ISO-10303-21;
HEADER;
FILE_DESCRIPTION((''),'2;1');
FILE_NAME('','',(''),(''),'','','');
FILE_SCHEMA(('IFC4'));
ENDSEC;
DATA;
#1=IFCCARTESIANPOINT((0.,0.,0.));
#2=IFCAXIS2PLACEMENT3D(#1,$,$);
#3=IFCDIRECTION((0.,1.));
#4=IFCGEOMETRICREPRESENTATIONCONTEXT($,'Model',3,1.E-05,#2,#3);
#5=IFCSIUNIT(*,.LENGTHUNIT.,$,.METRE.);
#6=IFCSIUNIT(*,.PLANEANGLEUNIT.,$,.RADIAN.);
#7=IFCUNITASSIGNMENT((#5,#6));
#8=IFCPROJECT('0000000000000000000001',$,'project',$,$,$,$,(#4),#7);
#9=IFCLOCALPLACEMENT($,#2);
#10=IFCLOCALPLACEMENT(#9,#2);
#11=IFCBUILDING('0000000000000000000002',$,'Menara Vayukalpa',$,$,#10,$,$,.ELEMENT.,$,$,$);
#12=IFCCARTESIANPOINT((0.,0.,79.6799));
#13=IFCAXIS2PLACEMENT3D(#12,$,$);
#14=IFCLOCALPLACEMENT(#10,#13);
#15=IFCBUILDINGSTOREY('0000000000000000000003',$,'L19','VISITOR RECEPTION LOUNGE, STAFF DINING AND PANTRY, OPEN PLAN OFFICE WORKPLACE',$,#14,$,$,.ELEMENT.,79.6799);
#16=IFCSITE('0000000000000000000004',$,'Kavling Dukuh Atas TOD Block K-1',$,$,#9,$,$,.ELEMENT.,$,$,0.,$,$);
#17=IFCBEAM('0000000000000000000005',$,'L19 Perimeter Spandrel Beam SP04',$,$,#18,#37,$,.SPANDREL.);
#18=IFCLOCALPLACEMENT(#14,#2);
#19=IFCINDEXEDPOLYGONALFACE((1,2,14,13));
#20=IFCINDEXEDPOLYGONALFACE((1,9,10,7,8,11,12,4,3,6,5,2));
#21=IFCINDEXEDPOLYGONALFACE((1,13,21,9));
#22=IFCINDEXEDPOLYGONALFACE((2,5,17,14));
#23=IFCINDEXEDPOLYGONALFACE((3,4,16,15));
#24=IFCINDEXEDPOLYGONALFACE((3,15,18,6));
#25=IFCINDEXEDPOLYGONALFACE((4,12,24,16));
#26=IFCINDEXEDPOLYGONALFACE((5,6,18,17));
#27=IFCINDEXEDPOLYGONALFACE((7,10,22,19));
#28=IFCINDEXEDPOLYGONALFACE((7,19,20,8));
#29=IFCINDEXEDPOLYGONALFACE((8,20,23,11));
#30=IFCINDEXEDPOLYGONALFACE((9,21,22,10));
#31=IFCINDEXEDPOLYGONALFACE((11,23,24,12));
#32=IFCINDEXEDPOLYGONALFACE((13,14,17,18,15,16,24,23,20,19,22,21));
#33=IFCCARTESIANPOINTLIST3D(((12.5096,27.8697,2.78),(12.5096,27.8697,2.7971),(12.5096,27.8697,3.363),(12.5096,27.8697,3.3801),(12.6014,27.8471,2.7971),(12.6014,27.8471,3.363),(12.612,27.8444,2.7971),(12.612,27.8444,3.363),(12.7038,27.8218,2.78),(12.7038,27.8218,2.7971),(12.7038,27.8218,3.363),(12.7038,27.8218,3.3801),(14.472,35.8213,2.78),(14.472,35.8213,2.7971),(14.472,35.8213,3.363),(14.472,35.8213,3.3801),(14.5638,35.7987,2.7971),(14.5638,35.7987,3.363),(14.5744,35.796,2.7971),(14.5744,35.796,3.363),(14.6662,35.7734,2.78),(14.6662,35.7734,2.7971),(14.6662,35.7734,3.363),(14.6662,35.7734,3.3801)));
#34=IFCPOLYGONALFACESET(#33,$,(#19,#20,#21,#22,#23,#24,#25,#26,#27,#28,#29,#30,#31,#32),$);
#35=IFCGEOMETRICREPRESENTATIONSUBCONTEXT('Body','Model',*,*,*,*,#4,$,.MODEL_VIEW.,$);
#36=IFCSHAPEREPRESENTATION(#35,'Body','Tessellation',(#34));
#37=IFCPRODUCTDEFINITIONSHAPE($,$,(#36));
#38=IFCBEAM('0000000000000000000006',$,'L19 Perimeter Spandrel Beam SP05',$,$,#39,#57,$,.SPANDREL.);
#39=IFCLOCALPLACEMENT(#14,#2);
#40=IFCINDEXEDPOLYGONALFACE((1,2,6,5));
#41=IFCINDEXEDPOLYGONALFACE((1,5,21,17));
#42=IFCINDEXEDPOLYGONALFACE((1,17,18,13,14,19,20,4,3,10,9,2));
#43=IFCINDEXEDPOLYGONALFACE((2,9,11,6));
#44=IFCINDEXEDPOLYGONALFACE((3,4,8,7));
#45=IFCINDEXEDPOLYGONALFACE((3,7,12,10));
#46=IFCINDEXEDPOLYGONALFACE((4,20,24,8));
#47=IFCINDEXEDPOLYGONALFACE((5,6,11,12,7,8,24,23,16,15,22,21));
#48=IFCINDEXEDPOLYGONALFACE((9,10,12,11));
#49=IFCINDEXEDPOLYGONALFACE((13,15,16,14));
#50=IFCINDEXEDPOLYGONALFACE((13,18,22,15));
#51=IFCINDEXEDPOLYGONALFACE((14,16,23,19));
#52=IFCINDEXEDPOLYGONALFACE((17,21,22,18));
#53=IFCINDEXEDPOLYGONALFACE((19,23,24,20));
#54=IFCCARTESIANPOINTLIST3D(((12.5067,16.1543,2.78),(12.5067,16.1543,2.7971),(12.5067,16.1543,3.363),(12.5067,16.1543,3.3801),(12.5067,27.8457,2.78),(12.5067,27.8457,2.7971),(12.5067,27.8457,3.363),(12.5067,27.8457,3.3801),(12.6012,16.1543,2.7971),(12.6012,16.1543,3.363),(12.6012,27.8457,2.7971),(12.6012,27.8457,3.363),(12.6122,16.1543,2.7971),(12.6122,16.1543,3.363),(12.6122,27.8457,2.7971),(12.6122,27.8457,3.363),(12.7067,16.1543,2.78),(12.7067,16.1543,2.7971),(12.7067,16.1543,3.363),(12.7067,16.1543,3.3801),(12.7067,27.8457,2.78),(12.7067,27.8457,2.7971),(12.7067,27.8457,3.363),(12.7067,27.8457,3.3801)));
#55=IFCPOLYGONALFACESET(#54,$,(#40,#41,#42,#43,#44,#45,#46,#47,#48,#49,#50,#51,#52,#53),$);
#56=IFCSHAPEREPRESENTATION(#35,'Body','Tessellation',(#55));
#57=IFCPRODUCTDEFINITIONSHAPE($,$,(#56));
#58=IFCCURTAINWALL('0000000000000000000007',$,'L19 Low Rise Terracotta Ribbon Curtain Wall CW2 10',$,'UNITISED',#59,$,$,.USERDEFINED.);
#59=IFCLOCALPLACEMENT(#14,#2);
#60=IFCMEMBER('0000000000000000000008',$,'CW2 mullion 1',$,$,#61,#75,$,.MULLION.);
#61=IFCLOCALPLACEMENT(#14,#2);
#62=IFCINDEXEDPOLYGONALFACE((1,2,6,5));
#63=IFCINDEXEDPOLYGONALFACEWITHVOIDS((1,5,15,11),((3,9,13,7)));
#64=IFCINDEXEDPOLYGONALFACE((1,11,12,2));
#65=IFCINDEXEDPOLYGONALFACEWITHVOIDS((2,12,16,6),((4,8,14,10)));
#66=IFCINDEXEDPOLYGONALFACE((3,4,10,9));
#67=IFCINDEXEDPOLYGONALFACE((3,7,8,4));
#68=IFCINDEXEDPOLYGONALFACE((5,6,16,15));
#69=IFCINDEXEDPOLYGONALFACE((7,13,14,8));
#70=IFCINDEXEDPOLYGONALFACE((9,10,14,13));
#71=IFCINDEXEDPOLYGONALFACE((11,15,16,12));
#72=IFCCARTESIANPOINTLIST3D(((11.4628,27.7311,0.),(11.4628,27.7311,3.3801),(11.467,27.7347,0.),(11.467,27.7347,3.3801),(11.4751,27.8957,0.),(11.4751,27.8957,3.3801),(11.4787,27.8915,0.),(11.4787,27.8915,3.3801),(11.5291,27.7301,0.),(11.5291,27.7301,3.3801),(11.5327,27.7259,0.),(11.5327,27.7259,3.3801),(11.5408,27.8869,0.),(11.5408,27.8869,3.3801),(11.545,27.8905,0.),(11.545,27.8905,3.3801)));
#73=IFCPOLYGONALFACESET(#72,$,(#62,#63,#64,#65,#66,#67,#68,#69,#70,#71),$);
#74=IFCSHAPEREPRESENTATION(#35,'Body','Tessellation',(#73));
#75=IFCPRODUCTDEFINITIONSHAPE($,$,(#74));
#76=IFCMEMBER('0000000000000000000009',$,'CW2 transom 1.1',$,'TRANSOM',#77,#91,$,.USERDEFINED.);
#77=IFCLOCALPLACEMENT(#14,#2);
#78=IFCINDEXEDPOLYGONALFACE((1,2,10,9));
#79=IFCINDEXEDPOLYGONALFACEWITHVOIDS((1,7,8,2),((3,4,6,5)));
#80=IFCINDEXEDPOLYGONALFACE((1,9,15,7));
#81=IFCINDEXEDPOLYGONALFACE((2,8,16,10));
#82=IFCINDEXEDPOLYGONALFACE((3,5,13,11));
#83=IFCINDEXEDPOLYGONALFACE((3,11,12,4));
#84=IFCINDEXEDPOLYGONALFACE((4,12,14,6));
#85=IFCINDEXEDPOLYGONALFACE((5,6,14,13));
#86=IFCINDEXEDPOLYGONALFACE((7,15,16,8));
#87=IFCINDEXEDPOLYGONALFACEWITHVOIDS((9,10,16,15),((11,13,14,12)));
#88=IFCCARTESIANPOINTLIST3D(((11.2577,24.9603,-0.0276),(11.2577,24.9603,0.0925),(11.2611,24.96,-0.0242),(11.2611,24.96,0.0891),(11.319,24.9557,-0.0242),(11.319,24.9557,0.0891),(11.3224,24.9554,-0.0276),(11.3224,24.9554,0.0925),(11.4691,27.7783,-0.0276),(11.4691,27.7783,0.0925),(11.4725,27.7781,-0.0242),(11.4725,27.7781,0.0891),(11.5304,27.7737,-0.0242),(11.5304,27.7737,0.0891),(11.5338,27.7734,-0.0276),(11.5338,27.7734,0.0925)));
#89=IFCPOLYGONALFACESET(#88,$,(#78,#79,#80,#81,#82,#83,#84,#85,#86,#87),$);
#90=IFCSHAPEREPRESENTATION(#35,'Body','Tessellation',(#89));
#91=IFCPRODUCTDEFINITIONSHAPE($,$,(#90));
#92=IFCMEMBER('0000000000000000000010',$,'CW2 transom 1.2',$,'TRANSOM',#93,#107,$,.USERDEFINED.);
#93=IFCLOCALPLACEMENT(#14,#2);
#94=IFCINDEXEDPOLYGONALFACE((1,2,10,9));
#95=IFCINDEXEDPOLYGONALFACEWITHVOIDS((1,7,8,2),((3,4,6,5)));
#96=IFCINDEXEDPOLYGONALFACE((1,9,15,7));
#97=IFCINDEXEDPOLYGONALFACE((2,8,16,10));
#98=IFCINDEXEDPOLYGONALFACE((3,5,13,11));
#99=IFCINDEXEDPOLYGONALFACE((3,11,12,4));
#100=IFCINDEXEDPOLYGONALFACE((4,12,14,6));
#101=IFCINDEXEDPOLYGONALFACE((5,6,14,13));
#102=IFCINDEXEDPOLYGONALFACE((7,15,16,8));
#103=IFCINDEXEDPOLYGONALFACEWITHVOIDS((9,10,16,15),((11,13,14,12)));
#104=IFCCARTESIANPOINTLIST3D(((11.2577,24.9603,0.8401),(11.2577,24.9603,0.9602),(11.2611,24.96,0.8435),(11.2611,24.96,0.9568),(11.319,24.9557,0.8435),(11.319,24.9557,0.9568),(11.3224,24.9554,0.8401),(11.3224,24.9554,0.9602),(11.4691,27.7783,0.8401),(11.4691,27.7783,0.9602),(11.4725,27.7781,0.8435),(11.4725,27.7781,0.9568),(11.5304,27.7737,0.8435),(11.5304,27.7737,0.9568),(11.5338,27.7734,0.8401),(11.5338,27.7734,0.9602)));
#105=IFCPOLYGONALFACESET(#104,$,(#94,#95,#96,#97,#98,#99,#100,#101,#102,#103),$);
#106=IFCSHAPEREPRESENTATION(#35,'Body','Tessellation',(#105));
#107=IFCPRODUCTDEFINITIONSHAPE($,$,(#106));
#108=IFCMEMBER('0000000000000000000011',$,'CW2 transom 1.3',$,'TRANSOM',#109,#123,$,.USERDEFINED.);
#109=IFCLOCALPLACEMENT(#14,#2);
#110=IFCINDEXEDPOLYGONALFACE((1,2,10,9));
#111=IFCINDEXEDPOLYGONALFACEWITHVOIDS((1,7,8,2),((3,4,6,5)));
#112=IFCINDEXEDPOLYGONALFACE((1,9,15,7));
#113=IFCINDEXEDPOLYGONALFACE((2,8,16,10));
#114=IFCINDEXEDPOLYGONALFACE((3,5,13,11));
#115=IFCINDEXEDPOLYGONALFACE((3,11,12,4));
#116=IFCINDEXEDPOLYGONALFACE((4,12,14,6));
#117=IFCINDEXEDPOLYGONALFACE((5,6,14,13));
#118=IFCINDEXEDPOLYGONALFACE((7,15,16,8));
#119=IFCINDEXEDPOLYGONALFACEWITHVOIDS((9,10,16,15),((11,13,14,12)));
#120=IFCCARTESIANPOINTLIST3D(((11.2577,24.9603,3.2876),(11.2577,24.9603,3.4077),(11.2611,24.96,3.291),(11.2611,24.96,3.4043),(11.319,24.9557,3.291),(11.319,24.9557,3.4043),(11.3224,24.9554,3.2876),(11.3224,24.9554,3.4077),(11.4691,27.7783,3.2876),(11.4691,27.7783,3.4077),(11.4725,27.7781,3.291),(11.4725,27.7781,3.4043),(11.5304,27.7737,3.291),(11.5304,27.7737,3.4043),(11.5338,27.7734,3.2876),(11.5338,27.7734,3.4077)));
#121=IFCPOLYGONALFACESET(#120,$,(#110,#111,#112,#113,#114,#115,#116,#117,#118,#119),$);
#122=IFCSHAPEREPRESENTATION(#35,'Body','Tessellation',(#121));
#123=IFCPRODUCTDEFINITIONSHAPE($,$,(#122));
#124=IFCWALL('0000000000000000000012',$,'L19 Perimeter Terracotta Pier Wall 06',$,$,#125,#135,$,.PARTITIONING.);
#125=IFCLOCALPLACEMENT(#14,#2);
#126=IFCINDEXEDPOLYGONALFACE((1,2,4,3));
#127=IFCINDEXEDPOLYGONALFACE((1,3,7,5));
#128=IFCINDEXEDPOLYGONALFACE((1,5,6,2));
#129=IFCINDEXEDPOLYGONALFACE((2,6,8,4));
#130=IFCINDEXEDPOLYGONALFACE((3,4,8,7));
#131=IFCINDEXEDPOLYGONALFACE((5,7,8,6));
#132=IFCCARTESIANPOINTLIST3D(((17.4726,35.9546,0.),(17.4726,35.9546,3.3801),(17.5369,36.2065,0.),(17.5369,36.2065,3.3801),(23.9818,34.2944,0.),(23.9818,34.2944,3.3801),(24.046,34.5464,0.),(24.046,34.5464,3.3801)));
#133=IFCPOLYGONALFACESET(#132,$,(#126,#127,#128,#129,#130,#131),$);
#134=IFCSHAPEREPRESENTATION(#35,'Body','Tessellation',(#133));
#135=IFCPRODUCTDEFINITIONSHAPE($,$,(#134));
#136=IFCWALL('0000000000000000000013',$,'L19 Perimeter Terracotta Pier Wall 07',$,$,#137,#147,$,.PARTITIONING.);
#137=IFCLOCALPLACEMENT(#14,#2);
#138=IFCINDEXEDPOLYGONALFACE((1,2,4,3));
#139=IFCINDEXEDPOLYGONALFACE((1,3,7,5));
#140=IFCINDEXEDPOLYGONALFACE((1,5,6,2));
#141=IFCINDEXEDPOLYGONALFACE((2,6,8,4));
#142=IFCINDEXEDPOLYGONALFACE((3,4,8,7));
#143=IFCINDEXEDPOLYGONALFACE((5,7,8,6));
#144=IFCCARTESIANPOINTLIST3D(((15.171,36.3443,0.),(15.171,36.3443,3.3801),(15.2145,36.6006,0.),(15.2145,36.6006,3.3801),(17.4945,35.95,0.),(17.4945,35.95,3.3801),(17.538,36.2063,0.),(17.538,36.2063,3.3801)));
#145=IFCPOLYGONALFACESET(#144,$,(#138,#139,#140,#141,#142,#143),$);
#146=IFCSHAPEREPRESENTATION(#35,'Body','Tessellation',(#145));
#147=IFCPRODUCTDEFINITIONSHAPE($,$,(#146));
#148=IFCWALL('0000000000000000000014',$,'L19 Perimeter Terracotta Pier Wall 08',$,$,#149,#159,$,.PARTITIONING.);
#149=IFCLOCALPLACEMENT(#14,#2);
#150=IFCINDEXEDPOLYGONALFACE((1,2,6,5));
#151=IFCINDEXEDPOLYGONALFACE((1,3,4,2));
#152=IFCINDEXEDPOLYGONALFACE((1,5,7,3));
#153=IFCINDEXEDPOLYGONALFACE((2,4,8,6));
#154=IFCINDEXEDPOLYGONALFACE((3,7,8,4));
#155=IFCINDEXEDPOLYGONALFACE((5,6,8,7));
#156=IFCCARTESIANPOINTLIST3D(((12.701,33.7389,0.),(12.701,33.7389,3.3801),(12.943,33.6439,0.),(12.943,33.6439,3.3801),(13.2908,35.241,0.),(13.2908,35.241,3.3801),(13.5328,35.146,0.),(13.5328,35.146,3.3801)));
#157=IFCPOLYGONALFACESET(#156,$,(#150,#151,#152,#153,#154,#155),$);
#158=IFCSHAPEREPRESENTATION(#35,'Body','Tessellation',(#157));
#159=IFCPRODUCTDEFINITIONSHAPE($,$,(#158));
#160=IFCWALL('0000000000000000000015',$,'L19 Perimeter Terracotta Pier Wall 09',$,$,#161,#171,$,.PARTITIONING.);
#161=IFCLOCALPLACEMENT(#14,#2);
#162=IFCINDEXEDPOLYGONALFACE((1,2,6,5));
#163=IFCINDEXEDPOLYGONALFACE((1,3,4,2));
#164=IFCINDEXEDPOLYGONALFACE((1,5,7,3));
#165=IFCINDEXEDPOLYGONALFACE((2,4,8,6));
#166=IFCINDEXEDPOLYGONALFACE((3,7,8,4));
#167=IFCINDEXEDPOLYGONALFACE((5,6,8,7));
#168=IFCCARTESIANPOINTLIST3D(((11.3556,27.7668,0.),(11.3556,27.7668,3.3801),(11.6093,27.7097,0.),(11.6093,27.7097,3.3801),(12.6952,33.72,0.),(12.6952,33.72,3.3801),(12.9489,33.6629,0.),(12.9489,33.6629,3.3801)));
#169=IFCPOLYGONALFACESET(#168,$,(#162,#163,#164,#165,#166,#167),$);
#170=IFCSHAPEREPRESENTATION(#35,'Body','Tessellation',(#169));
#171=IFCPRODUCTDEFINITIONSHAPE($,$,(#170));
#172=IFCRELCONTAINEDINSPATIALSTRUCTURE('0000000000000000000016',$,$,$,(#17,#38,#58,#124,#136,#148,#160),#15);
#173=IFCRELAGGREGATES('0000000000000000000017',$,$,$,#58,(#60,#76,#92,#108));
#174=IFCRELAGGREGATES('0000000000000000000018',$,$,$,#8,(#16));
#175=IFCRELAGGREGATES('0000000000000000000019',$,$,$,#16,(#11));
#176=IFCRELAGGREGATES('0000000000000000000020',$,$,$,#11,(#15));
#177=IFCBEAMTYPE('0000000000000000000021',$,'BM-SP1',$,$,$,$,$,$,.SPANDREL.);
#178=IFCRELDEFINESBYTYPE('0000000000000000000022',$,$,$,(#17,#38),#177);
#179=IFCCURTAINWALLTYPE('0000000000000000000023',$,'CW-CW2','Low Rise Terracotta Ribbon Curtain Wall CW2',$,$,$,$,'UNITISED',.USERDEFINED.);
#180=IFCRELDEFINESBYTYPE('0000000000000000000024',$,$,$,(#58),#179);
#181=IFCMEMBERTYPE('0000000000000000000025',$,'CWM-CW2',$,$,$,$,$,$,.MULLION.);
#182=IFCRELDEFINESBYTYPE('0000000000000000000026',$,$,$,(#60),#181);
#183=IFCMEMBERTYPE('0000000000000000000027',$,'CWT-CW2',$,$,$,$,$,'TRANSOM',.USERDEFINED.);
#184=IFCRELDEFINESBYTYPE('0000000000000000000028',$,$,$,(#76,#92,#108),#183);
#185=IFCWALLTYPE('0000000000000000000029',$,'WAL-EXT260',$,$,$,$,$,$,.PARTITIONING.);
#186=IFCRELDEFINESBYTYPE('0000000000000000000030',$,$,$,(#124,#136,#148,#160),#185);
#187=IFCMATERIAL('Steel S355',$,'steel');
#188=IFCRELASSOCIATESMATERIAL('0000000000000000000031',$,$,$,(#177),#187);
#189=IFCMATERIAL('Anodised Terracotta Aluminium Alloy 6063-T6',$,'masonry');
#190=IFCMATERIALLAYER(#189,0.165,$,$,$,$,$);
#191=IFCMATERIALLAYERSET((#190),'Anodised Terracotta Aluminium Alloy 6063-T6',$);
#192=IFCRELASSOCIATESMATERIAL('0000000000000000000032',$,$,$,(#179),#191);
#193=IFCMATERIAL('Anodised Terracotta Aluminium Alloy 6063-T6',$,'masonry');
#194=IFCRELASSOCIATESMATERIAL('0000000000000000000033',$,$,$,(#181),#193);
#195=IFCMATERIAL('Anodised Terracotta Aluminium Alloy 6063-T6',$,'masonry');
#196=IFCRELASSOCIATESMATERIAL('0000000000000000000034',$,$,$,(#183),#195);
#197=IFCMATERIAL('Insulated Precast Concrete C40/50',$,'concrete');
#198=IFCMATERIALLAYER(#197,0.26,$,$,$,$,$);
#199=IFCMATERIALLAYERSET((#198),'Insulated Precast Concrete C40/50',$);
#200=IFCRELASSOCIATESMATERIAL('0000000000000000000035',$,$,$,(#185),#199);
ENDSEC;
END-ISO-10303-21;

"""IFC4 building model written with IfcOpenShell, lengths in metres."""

from ifc_helpers import new_model, si_unit, direction, frame, frame_2d, origin, origin_2d, place, context, subcontext, project, spatial, rectangle, hollow_rectangle, i_section, extrude, material, layer, layer_set, material_profile, profile_set, type_object, element, aggregate, save


model = new_model("IFC4")

# Units and contexts
model_context = context("Model", 3, precision=1e-05, world=origin(), true_north=direction((0.0, 1.0)))
body_context = subcontext(model_context, "Body", "Model", "MODEL_VIEW")
ifc_project = project(units=[si_unit("LENGTHUNIT", "METRE"), si_unit("PLANEANGLEUNIT", "RADIAN")], contexts=[model_context])

# Site, building, storey
site_placement = place(None, origin())
site = spatial("IfcSite", under=ifc_project, at=site_placement, Name="Kavling Dukuh Atas TOD Block K-1", CompositionType="ELEMENT", RefElevation=0.0)
building_placement = place(site_placement, origin())
building = spatial("IfcBuilding", under=site, at=building_placement, Name="Menara Vayukalpa", CompositionType="ELEMENT")
storey_placement = place(building_placement, frame((0.0, 0.0, 79.6799)))
storey = spatial("IfcBuildingStorey", under=building, at=storey_placement, Name="L19", Description="VISITOR RECEPTION LOUNGE, STAFF DINING AND PANTRY, OPEN PLAN OFFICE WORKPLACE", CompositionType="ELEMENT", Elevation=79.6799)

# Beams
ifc_material_1 = material(Name="Steel S355", Category="steel")
ifc_material_profile_1 = material_profile(ifc_material_1, i_section(OverallWidth=0.2, OverallDepth=0.6001, WebThickness=0.011, FlangeThickness=0.0171, at=origin_2d()), Name="WF 600x200x11x17")
ifc_profile_set_1 = profile_set([ifc_material_profile_1], Name="Steel S355")
beam_type_1 = type_object("IfcBeamType", Name="BM-SP1", PredefinedType="SPANDREL", material=ifc_profile_set_1)
beam_1_placement = place(storey_placement, frame((14.5691, 35.7974, 3.0801), z_axis=(-0.239603, -0.970871, 0.0), x_axis=(0.970871, -0.239603, 0.0)))
element("IfcBeam", 1, at=beam_1_placement, inside=storey, type_object=beam_type_1, Name="L19 Perimeter Spandrel Beam SP04", PredefinedType="SPANDREL", context=body_context, shape_type="SweptSolid", body=[
    extrude(i_section(OverallWidth=0.2, OverallDepth=0.6001, WebThickness=0.011, FlangeThickness=0.0171, at=origin_2d()), origin(), (0.0, 0.0, 1.0), 8.1902),
])
beam_2_placement = place(storey_placement, frame((12.6067, 27.8457, 3.0801), z_axis=(0.0, -1.0, 0.0), x_axis=(1.0, 0.0, 0.0)))
element("IfcBeam", 2, at=beam_2_placement, inside=storey, type_object=beam_type_1, Name="L19 Perimeter Spandrel Beam SP05", PredefinedType="SPANDREL", context=body_context, shape_type="SweptSolid", body=[
    extrude(i_section(OverallWidth=0.2, OverallDepth=0.6001, WebThickness=0.011, FlangeThickness=0.0171, at=origin_2d()), origin(), (0.0, 0.0, 1.0), 11.6914),
])

# Curtain wall, members
ifc_material_2 = material(Name="Anodised Terracotta Aluminium Alloy 6063-T6", Category="masonry")
ifc_layer_1 = layer(ifc_material_2, 0.165)
ifc_layer_set_1 = layer_set([ifc_layer_1], Name="Anodised Terracotta Aluminium Alloy 6063-T6")
curtain_wall_type = type_object("IfcCurtainWallType", Name="CW-CW2", Description="Low Rise Terracotta Ribbon Curtain Wall CW2", ElementType="UNITISED", PredefinedType="USERDEFINED", material=ifc_layer_set_1)
curtain_wall_placement = place(storey_placement, origin())
curtain_wall = element("IfcCurtainWall", 3, at=curtain_wall_placement, inside=storey, type_object=curtain_wall_type, Name="L19 Low Rise Terracotta Ribbon Curtain Wall CW2 10", ObjectType="UNITISED", PredefinedType="USERDEFINED")
ifc_material_3 = material(Name="Anodised Terracotta Aluminium Alloy 6063-T6", Category="masonry")
ifc_material_profile_2 = material_profile(ifc_material_3, hollow_rectangle(XDim=0.0701, YDim=0.165, WallThickness=0.0039, at=origin_2d()), Name="ALU 70x165x4")
ifc_profile_set_2 = profile_set([ifc_material_profile_2], Name="Anodised Terracotta Aluminium Alloy 6063-T6")
member_type_1 = type_object("IfcMemberType", Name="CWM-CW2", PredefinedType="MULLION", material=ifc_profile_set_2)
member_1_placement = place(storey_placement, frame((11.5039, 27.8108, 0.0), z_axis=(0.0, 0.0, 1.0), x_axis=(0.9972, -0.074785, 0.0)))
member_1 = element("IfcMember", 4, at=member_1_placement, type_object=member_type_1, Name="CW2 mullion 1", PredefinedType="MULLION", context=body_context, shape_type="SweptSolid", body=[
    extrude(hollow_rectangle(XDim=0.0701, YDim=0.165, WallThickness=0.0039, at=origin_2d()), origin(), (0.0, 0.0, 1.0), 3.3801),
])
ifc_material_4 = material(Name="Anodised Terracotta Aluminium Alloy 6063-T6", Category="masonry")
ifc_material_profile_3 = material_profile(ifc_material_4, hollow_rectangle(XDim=0.0649, YDim=0.1201, WallThickness=0.0034, at=origin_2d()), Name="ALU 65x120x3.5")
ifc_profile_set_3 = profile_set([ifc_material_profile_3], Name="Anodised Terracotta Aluminium Alloy 6063-T6")
member_type_2 = type_object("IfcMemberType", Name="CWT-CW2", ElementType="TRANSOM", PredefinedType="USERDEFINED", material=ifc_profile_set_3)
member_2_placement = place(storey_placement, frame((11.5015, 27.7759, 0.0325), z_axis=(-0.074814, -0.997198, 0.0), x_axis=(0.997198, -0.074814, 0.0)))
member_2 = element("IfcMember", 5, at=member_2_placement, type_object=member_type_2, Name="CW2 transom 1.1", ObjectType="TRANSOM", PredefinedType="USERDEFINED", context=body_context, shape_type="SweptSolid", body=[
    extrude(hollow_rectangle(XDim=0.0649, YDim=0.1201, WallThickness=0.0034, at=origin_2d()), origin(), (0.0, 0.0, 1.0), 2.8259),
])
member_3_placement = place(storey_placement, frame((11.5015, 27.7759, 0.9001), z_axis=(-0.074814, -0.997198, 0.0), x_axis=(0.997198, -0.074814, 0.0)))
member_3 = element("IfcMember", 6, at=member_3_placement, type_object=member_type_2, Name="CW2 transom 1.2", ObjectType="TRANSOM", PredefinedType="USERDEFINED", context=body_context, shape_type="SweptSolid", body=[
    extrude(hollow_rectangle(XDim=0.0649, YDim=0.1201, WallThickness=0.0034, at=origin_2d()), origin(), (0.0, 0.0, 1.0), 2.8259),
])
member_4_placement = place(storey_placement, frame((11.5015, 27.7759, 3.3477), z_axis=(-0.074814, -0.997198, 0.0), x_axis=(0.997198, -0.074814, 0.0)))
member_4 = element("IfcMember", 7, at=member_4_placement, type_object=member_type_2, Name="CW2 transom 1.3", ObjectType="TRANSOM", PredefinedType="USERDEFINED", context=body_context, shape_type="SweptSolid", body=[
    extrude(hollow_rectangle(XDim=0.0649, YDim=0.1201, WallThickness=0.0034, at=origin_2d()), origin(), (0.0, 0.0, 1.0), 2.8259),
])
aggregate(curtain_wall, [member_1, member_2, member_3, member_4])

# Walls
ifc_material_5 = material(Name="Insulated Precast Concrete C40/50", Category="concrete")
ifc_layer_2 = layer(ifc_material_5, 0.26)
ifc_layer_set_2 = layer_set([ifc_layer_2], Name="Insulated Precast Concrete C40/50")
wall_type_1 = type_object("IfcWallType", Name="WAL-EXT260", PredefinedType="PARTITIONING", material=ifc_layer_set_2)
wall_1_placement = place(storey_placement, frame((17.5046, 36.0806, 0.0), z_axis=(0.0, 0.0, 1.0), x_axis=(0.968981, -0.247134, 0.0)))
element("IfcWall", 8, at=wall_1_placement, inside=storey, type_object=wall_type_1, Name="L19 Perimeter Terracotta Pier Wall 06", PredefinedType="PARTITIONING", context=body_context, shape_type="SweptSolid", body=[
    extrude(rectangle(XDim=6.7175, YDim=0.26, at=frame_2d((3.3589, 0.0))), origin(), (0.0, 0.0, 1.0), 3.3801),
])
wall_2_placement = place(storey_placement, frame((15.1929, 36.4724, 0.0), z_axis=(0.0, 0.0, 1.0), x_axis=(0.985905, -0.167305, 0.0)))
element("IfcWall", 9, at=wall_2_placement, inside=storey, type_object=wall_type_1, Name="L19 Perimeter Terracotta Pier Wall 07", PredefinedType="PARTITIONING", context=body_context, shape_type="SweptSolid", body=[
    extrude(rectangle(XDim=2.3567, YDim=0.26, at=frame_2d((1.1782, 0.0))), origin(), (0.0, 0.0, 1.0), 3.3801),
])
wall_3_placement = place(storey_placement, frame((12.822, 33.6914, 0.0), z_axis=(0.0, 0.0, 1.0), x_axis=(0.365489, 0.930816, 0.0)))
element("IfcWall", 10, at=wall_3_placement, inside=storey, type_object=wall_type_1, Name="L19 Perimeter Terracotta Pier Wall 08", PredefinedType="PARTITIONING", context=body_context, shape_type="SweptSolid", body=[
    extrude(rectangle(XDim=1.6138, YDim=0.26, at=frame_2d((0.8069, 0.0))), origin(), (0.0, 0.0, 1.0), 3.3801),
])
wall_4_placement = place(storey_placement, frame((11.4824, 27.7383, 0.0), z_axis=(0.0, 0.0, 1.0), x_axis=(0.219535, 0.975605, 0.0)))
element("IfcWall", 11, at=wall_4_placement, inside=storey, type_object=wall_type_1, Name="L19 Perimeter Terracotta Pier Wall 09", PredefinedType="PARTITIONING", context=body_context, shape_type="SweptSolid", body=[
    extrude(rectangle(XDim=6.1021, YDim=0.26, at=frame_2d((3.051, 0.0))), origin(), (0.0, 0.0, 1.0), 3.3801),
])

save(model, "model.ifc")
